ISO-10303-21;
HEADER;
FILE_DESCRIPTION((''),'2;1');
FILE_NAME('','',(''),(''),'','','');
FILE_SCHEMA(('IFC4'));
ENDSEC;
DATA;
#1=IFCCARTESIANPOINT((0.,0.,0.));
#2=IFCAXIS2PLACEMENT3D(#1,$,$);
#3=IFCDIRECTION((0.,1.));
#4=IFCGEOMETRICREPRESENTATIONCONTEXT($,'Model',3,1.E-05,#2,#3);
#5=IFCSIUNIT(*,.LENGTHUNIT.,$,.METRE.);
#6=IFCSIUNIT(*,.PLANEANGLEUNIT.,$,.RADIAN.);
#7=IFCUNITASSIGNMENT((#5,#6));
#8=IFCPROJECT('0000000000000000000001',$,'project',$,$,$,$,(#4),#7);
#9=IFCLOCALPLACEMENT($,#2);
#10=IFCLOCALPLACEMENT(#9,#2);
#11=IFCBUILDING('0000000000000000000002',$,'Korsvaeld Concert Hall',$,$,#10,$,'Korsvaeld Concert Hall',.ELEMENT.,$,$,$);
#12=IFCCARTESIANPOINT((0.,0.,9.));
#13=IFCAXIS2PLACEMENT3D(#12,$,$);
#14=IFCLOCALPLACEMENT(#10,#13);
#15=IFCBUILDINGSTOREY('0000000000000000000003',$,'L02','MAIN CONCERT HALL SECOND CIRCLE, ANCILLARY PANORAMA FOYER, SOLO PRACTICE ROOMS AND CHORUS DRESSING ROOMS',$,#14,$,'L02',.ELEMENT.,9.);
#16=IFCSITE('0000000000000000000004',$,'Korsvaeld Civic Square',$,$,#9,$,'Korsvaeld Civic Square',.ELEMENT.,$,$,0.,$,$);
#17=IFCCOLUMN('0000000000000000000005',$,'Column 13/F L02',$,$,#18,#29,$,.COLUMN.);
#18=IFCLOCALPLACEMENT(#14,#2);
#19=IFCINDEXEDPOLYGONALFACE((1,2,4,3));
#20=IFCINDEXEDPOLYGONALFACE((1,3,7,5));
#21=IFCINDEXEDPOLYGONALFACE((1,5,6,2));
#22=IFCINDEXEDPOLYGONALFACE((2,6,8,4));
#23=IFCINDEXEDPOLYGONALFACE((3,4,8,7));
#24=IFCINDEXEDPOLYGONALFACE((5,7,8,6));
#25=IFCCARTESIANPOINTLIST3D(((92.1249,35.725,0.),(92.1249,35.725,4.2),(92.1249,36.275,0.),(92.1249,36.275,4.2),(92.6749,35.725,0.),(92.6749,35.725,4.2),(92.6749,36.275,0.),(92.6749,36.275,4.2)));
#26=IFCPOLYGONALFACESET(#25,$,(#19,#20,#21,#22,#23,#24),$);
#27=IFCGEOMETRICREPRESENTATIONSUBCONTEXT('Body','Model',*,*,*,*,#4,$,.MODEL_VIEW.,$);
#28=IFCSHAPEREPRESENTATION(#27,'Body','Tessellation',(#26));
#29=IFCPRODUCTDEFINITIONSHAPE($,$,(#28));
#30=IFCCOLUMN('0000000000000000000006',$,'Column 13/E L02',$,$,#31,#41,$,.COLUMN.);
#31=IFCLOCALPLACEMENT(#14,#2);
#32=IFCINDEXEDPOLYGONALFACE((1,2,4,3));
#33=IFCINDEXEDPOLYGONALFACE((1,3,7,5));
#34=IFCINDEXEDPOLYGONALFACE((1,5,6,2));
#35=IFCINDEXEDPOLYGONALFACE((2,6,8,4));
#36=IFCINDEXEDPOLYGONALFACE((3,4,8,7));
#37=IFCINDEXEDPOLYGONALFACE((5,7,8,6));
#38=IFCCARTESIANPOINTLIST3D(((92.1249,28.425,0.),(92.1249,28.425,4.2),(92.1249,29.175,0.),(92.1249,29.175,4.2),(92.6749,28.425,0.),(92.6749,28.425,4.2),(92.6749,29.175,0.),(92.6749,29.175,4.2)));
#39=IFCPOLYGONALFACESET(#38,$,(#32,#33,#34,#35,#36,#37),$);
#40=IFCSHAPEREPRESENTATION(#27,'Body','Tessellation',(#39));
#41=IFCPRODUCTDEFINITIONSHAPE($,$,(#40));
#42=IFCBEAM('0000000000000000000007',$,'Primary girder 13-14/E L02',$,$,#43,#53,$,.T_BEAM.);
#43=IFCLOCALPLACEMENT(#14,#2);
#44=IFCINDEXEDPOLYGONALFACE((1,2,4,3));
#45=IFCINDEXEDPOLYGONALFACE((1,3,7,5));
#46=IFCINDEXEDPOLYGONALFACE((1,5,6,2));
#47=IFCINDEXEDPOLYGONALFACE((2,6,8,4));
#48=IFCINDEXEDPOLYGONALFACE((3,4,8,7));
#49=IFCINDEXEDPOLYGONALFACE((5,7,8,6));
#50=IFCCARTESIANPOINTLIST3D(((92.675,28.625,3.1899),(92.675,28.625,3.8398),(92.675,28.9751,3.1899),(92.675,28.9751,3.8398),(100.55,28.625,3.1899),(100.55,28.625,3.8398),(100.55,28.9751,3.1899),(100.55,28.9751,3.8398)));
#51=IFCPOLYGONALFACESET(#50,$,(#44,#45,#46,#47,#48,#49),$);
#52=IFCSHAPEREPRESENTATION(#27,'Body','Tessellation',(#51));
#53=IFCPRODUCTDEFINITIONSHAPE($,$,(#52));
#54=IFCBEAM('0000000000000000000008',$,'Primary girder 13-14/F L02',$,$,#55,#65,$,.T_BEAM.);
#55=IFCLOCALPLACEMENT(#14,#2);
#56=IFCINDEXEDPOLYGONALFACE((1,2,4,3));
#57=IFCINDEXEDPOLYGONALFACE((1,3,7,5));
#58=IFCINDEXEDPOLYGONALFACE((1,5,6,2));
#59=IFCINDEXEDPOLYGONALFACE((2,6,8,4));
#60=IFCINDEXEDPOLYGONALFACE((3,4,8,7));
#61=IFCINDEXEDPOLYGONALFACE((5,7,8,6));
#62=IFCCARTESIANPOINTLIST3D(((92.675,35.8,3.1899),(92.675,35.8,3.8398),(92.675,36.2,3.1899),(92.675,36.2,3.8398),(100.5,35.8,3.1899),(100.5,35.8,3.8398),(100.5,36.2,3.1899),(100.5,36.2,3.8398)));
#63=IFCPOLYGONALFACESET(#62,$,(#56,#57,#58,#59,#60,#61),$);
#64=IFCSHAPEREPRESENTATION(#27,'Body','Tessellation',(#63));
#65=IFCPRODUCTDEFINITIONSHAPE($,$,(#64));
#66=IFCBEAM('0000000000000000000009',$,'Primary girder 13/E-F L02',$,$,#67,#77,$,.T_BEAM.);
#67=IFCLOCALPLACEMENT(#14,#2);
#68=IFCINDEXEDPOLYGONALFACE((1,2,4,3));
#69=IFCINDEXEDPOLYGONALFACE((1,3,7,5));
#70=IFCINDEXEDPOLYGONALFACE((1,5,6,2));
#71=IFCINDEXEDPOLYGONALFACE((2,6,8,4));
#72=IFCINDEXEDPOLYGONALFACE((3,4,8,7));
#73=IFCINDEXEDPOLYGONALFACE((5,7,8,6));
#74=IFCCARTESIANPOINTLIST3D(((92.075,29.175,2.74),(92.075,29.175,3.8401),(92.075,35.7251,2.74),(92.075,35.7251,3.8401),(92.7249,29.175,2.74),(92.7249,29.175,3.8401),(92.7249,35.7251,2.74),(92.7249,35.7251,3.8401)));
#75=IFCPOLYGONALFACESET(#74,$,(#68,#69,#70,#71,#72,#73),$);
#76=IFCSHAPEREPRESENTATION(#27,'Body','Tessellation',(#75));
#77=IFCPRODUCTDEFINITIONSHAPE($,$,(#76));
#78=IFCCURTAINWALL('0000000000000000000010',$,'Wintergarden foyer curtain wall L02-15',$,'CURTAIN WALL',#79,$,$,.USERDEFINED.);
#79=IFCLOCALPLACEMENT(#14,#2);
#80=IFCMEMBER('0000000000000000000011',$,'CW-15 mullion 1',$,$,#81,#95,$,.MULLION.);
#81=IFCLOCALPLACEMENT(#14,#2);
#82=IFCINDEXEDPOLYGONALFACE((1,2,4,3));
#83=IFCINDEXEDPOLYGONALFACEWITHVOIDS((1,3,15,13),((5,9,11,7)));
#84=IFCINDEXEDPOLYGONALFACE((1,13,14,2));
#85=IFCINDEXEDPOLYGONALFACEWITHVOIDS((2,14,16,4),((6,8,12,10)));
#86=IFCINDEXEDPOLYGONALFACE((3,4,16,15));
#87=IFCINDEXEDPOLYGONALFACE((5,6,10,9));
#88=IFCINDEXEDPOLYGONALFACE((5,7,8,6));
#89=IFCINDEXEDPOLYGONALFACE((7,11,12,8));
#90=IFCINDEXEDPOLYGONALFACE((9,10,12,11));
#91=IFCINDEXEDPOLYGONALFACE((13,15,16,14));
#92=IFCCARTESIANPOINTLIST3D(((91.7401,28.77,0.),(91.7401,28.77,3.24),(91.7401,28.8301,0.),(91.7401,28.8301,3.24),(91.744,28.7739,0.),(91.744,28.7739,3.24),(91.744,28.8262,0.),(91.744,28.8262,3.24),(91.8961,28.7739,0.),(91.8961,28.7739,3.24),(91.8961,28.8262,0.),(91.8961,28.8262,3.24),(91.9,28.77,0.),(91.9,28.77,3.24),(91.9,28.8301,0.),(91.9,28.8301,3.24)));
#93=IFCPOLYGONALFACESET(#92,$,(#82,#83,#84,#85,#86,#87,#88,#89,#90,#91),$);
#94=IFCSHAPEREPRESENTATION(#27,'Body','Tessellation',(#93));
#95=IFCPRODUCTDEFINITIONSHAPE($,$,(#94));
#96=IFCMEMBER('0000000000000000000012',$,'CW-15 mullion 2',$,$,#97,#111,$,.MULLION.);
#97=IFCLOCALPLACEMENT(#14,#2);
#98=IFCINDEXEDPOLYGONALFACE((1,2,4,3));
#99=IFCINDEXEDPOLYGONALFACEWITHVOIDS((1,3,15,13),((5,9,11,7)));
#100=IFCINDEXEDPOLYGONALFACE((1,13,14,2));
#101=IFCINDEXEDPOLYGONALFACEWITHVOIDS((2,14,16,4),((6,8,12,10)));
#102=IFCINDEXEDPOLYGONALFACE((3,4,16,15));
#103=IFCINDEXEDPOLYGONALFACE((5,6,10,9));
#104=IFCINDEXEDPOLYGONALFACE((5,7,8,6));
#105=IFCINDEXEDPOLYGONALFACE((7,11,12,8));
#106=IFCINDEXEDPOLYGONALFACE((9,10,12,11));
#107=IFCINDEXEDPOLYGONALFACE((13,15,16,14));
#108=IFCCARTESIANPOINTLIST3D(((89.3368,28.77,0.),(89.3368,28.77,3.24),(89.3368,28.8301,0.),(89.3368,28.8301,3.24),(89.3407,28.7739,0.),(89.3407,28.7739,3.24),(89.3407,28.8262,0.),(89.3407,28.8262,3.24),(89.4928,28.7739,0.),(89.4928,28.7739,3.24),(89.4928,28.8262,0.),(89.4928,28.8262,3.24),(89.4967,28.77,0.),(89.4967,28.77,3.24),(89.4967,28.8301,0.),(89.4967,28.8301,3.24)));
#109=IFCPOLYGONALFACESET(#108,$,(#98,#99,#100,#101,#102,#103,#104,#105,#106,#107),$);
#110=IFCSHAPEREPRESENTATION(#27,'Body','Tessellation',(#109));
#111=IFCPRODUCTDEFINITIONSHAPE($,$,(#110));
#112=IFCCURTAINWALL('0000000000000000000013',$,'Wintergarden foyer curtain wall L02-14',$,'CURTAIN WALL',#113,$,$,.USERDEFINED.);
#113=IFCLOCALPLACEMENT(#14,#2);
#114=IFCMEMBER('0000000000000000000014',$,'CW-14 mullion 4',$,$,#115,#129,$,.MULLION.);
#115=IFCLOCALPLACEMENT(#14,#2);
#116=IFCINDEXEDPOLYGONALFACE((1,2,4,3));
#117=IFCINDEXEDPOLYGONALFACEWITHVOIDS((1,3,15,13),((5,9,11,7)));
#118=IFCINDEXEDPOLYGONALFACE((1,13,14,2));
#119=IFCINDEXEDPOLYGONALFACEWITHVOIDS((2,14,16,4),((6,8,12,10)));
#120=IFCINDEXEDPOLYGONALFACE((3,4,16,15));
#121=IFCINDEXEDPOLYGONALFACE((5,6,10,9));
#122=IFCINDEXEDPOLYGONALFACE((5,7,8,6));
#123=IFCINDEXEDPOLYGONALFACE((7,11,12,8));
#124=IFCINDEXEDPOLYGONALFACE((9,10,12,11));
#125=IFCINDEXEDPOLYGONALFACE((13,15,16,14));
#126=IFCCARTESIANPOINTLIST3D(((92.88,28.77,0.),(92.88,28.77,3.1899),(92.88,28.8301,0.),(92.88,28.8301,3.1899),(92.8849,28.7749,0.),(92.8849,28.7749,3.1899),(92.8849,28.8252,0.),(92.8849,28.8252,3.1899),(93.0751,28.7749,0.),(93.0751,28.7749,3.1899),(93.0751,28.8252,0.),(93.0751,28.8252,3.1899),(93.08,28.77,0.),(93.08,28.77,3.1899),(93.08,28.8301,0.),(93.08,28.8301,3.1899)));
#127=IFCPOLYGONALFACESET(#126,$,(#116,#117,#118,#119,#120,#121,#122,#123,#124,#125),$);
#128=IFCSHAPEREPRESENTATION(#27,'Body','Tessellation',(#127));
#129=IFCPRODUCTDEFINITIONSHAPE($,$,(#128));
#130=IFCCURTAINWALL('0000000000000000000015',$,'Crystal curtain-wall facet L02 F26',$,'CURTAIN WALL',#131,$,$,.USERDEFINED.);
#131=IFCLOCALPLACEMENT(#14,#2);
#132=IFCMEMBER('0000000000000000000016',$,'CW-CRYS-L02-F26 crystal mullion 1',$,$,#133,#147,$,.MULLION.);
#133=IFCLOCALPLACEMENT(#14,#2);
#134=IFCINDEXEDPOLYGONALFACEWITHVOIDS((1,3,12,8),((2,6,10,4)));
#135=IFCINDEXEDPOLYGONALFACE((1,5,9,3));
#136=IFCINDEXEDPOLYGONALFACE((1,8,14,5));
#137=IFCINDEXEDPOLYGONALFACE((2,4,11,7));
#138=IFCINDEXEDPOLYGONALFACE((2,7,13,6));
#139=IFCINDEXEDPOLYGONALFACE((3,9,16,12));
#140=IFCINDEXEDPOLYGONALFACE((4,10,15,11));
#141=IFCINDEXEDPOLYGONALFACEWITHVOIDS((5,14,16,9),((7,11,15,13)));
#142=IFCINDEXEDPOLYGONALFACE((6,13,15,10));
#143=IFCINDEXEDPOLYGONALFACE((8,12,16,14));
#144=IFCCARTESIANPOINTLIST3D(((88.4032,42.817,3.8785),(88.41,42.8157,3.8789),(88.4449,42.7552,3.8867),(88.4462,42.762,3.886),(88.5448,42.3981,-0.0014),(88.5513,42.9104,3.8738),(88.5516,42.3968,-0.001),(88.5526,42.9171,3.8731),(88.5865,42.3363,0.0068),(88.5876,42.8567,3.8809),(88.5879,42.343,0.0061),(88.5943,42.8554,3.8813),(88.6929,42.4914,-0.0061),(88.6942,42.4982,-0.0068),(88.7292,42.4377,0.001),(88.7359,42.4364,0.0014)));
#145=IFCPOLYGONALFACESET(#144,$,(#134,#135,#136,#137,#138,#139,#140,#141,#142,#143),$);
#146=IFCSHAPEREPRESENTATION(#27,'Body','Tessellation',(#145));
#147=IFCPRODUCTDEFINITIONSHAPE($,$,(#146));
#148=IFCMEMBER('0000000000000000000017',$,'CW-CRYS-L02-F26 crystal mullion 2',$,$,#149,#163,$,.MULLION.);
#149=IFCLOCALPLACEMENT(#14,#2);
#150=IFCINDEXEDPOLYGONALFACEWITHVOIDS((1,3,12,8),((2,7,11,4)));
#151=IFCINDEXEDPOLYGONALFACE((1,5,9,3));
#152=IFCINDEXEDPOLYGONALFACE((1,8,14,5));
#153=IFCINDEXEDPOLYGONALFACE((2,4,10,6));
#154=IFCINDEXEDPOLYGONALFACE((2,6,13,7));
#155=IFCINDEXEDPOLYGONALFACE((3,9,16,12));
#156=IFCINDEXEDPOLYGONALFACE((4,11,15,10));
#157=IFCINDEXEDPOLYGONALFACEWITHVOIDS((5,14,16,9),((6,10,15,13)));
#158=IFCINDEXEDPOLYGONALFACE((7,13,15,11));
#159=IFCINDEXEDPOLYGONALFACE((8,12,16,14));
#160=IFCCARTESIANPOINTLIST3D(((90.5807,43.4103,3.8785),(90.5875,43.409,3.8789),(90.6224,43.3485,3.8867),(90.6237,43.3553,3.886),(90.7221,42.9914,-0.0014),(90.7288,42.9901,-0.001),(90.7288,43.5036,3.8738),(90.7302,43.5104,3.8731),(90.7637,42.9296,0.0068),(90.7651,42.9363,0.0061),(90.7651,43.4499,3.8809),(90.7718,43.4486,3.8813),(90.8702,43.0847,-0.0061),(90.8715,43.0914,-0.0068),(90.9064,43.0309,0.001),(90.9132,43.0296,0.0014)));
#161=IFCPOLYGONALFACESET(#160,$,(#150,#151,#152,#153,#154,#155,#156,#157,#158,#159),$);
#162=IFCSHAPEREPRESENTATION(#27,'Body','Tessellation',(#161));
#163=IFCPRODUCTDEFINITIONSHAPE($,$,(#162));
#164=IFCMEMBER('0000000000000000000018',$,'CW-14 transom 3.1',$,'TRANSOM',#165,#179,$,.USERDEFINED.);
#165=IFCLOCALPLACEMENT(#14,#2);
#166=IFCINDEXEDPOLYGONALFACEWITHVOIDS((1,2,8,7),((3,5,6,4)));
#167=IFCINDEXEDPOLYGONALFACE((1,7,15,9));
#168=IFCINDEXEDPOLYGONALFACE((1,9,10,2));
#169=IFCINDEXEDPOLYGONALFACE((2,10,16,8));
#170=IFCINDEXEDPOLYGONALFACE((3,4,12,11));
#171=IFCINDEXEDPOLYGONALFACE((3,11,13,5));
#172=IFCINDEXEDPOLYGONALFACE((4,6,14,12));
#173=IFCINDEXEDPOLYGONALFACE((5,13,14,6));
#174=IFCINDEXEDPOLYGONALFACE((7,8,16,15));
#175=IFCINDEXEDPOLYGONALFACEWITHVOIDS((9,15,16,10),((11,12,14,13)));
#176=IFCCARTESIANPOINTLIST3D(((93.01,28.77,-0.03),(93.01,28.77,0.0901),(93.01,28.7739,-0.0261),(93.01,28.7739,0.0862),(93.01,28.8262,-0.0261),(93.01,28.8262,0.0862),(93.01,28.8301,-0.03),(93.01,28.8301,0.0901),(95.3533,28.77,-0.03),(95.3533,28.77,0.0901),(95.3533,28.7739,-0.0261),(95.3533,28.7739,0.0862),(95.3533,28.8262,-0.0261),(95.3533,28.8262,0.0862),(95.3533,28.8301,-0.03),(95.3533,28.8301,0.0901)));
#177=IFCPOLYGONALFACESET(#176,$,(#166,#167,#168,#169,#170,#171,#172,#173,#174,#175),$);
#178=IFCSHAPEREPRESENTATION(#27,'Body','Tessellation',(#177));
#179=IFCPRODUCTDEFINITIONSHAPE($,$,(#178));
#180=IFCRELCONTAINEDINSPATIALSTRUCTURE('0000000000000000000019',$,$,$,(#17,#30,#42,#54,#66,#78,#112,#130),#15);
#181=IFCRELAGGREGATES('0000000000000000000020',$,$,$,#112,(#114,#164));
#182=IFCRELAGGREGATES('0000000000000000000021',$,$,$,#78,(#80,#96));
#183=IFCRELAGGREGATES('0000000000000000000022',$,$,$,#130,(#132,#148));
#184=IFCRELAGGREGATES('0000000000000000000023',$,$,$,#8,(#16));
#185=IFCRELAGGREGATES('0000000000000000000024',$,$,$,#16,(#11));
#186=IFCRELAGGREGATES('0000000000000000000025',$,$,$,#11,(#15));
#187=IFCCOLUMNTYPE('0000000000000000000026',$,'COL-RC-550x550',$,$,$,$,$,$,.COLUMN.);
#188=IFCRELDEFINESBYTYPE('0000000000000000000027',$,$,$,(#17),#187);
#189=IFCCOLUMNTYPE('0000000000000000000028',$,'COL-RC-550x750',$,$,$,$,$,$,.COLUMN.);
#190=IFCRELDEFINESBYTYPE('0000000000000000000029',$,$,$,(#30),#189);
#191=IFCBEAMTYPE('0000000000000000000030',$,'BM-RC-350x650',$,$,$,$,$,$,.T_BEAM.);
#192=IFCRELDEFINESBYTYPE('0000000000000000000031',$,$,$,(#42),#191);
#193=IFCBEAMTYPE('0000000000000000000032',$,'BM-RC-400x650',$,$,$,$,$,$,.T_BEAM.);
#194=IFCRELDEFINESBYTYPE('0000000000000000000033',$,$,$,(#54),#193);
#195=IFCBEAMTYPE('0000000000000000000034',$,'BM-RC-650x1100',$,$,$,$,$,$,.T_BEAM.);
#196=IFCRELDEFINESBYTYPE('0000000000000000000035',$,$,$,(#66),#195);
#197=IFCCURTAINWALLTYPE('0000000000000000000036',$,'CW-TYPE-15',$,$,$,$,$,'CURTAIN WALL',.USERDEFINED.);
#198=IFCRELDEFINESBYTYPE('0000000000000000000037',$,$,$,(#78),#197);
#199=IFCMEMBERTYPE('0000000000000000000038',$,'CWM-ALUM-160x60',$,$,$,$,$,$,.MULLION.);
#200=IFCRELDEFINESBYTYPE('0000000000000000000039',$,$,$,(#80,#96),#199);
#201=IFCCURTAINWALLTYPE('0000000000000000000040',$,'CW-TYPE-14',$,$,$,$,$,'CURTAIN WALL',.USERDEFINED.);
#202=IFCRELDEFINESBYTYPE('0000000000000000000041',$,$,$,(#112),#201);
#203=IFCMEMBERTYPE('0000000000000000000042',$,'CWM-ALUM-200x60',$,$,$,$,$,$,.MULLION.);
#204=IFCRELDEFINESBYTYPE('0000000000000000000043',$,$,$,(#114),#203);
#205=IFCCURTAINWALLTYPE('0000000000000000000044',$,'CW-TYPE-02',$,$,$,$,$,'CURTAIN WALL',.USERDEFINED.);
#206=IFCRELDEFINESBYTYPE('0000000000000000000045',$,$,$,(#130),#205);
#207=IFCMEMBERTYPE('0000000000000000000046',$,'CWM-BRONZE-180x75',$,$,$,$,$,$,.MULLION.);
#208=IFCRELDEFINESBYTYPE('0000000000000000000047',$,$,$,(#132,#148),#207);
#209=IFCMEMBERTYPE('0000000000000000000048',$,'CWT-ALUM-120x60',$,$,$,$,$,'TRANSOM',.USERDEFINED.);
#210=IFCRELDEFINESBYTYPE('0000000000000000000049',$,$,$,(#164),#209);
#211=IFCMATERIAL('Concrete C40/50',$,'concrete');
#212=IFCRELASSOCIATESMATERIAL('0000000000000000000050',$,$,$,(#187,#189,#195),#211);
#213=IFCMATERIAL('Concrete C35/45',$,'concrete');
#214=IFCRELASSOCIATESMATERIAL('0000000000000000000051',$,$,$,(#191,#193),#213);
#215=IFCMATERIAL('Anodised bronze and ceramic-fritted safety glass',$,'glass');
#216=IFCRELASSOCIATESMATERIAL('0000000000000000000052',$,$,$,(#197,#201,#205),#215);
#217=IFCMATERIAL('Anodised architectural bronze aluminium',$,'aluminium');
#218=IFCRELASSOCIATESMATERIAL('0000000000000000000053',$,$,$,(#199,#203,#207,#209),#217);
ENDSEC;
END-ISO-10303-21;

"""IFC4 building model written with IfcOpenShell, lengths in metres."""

from ifc_helpers import new_model, si_unit, direction, frame, origin, origin_2d, place, context, subcontext, project, spatial, rectangle, hollow_rectangle, extrude, material, material_profile, profile_set, type_object, element, aggregate, save


model = new_model("IFC4")

# Units and contexts
model_context = context("Model", 3, precision=1e-05, world=origin(), true_north=direction((0.0, 1.0)))
body_context = subcontext(model_context, "Body", "Model", "MODEL_VIEW")
ifc_project = project(units=[si_unit("LENGTHUNIT", "METRE"), si_unit("PLANEANGLEUNIT", "RADIAN")], contexts=[model_context])

# Site, building, storey
site_placement = place(None, origin())
site = spatial("IfcSite", under=ifc_project, at=site_placement, Name="Korsvaeld Civic Square", LongName="Korsvaeld Civic Square", CompositionType="ELEMENT", RefElevation=0.0)
building_placement = place(site_placement, origin())
building = spatial("IfcBuilding", under=site, at=building_placement, Name="Korsvaeld Concert Hall", LongName="Korsvaeld Concert Hall", CompositionType="ELEMENT")
storey_placement = place(building_placement, frame((0.0, 0.0, 9.0)))
storey = spatial("IfcBuildingStorey", under=building, at=storey_placement, Name="L02", Description="MAIN CONCERT HALL SECOND CIRCLE, ANCILLARY PANORAMA FOYER, SOLO PRACTICE ROOMS AND CHORUS DRESSING ROOMS", LongName="L02", CompositionType="ELEMENT", Elevation=9.0)

# Columns
ifc_material_1 = material(Name="Concrete C40/50", Category="concrete")
ifc_material_profile_1 = material_profile(ifc_material_1, rectangle(XDim=0.55, YDim=0.55, at=origin_2d()), Name="RC 550x550")
ifc_profile_set_1 = profile_set([ifc_material_profile_1], Name="Concrete C40/50")
column_type_1 = type_object("IfcColumnType", Name="COL-RC-550x550", PredefinedType="COLUMN", material=ifc_profile_set_1)
column_1_placement = place(storey_placement, frame((92.3999, 36.0, 0.0), z_axis=(0.0, 0.0, 1.0), x_axis=(1.0, 0.0, 0.0)))
element("IfcColumn", 1, at=column_1_placement, inside=storey, type_object=column_type_1, Name="Column 13/F L02", PredefinedType="COLUMN", context=body_context, shape_type="SweptSolid", body=[
    extrude(rectangle(XDim=0.55, YDim=0.55, at=origin_2d()), origin(), (0.0, 0.0, 1.0), 4.2),
])
ifc_material_profile_2 = material_profile(ifc_material_1, rectangle(XDim=0.55, YDim=0.75, at=origin_2d()), Name="RC 550x750")
ifc_profile_set_2 = profile_set([ifc_material_profile_2], Name="Concrete C40/50")
column_type_2 = type_object("IfcColumnType", Name="COL-RC-550x750", PredefinedType="COLUMN", material=ifc_profile_set_2)
column_2_placement = place(storey_placement, frame((92.3999, 28.8, 0.0), z_axis=(0.0, 0.0, 1.0), x_axis=(1.0, 0.0, 0.0)))
element("IfcColumn", 2, at=column_2_placement, inside=storey, type_object=column_type_2, Name="Column 13/E L02", PredefinedType="COLUMN", context=body_context, shape_type="SweptSolid", body=[
    extrude(rectangle(XDim=0.55, YDim=0.75, at=origin_2d()), origin(), (0.0, 0.0, 1.0), 4.2),
])

# Beams
ifc_material_2 = material(Name="Concrete C35/45", Category="concrete")
ifc_material_profile_3 = material_profile(ifc_material_2, rectangle(XDim=0.3501, YDim=0.6499, at=origin_2d()), Name="RC 350x650")
ifc_profile_set_3 = profile_set([ifc_material_profile_3], Name="Concrete C35/45")
beam_type_1 = type_object("IfcBeamType", Name="BM-RC-350x650", PredefinedType="T_BEAM", material=ifc_profile_set_3)
beam_1_placement = place(storey_placement, frame((92.675, 28.8, 3.5149), z_axis=(1.0, 0.0, 0.0), x_axis=(0.0, 1.0, 0.0)))
element("IfcBeam", 3, at=beam_1_placement, inside=storey, type_object=beam_type_1, Name="Primary girder 13-14/E L02", PredefinedType="T_BEAM", context=body_context, shape_type="SweptSolid", body=[
    extrude(rectangle(XDim=0.3501, YDim=0.6499, at=origin_2d()), origin(), (0.0, 0.0, 1.0), 7.875),
])
ifc_material_profile_4 = material_profile(ifc_material_2, rectangle(XDim=0.3999, YDim=0.6499, at=origin_2d()), Name="RC 400x650")
ifc_profile_set_4 = profile_set([ifc_material_profile_4], Name="Concrete C35/45")
beam_type_2 = type_object("IfcBeamType", Name="BM-RC-400x650", PredefinedType="T_BEAM", material=ifc_profile_set_4)
beam_2_placement = place(storey_placement, frame((92.675, 36.0, 3.5149), z_axis=(1.0, 0.0, 0.0), x_axis=(0.0, 1.0, 0.0)))
element("IfcBeam", 4, at=beam_2_placement, inside=storey, type_object=beam_type_2, Name="Primary girder 13-14/F L02", PredefinedType="T_BEAM", context=body_context, shape_type="SweptSolid", body=[
    extrude(rectangle(XDim=0.3999, YDim=0.6499, at=origin_2d()), origin(), (0.0, 0.0, 1.0), 7.825),
])
ifc_material_profile_5 = material_profile(ifc_material_1, rectangle(XDim=0.6499, YDim=1.1001, at=origin_2d()), Name="RC 650x1100")
ifc_profile_set_5 = profile_set([ifc_material_profile_5], Name="Concrete C40/50")
beam_type_3 = type_object("IfcBeamType", Name="BM-RC-650x1100", PredefinedType="T_BEAM", material=ifc_profile_set_5)
beam_3_placement = place(storey_placement, frame((92.3999, 29.175, 3.29), z_axis=(0.0, 1.0, 0.0), x_axis=(-1.0, 0.0, 0.0)))
element("IfcBeam", 5, at=beam_3_placement, inside=storey, type_object=beam_type_3, Name="Primary girder 13/E-F L02", PredefinedType="T_BEAM", context=body_context, shape_type="SweptSolid", body=[
    extrude(rectangle(XDim=0.6499, YDim=1.1001, at=origin_2d()), origin(), (0.0, 0.0, 1.0), 6.55),
])

# Curtain wall, members
ifc_material_3 = material(Name="Anodised bronze and ceramic-fritted safety glass", Category="glass")
curtain_wall_type_1 = type_object("IfcCurtainWallType", Name="CW-TYPE-15", ElementType="CURTAIN WALL", PredefinedType="USERDEFINED", material=ifc_material_3)
curtain_wall_1_placement = place(storey_placement, origin())
curtain_wall_1 = element("IfcCurtainWall", 6, at=curtain_wall_1_placement, inside=storey, type_object=curtain_wall_type_1, Name="Wintergarden foyer curtain wall L02-15", ObjectType="CURTAIN WALL", PredefinedType="USERDEFINED")
ifc_material_4 = material(Name="Anodised architectural bronze aluminium", Category="aluminium")
ifc_material_profile_6 = material_profile(ifc_material_4, hollow_rectangle(XDim=0.0601, YDim=0.1599, WallThickness=0.0039, at=origin_2d()), Name="CWM 160x60x4")
ifc_profile_set_6 = profile_set([ifc_material_profile_6], Name="Anodised architectural bronze aluminium")
member_type_1 = type_object("IfcMemberType", Name="CWM-ALUM-160x60", PredefinedType="MULLION", material=ifc_profile_set_6)
member_1_placement = place(storey_placement, frame((91.8201, 28.8, 0.0), z_axis=(0.0, 0.0, 1.0), x_axis=(0.0, -1.0, 0.0)))
member_1 = element("IfcMember", 7, at=member_1_placement, type_object=member_type_1, Name="CW-15 mullion 1", PredefinedType="MULLION", context=body_context, shape_type="SweptSolid", body=[
    extrude(hollow_rectangle(XDim=0.0601, YDim=0.1599, WallThickness=0.0039, at=origin_2d()), origin(), (0.0, 0.0, 1.0), 3.24),
])
member_2_placement = place(storey_placement, frame((89.4167, 28.8, 0.0), z_axis=(0.0, 0.0, 1.0), x_axis=(0.0, -1.0, 0.0)))
member_2 = element("IfcMember", 8, at=member_2_placement, type_object=member_type_1, Name="CW-15 mullion 2", PredefinedType="MULLION", context=body_context, shape_type="SweptSolid", body=[
    extrude(hollow_rectangle(XDim=0.0601, YDim=0.1599, WallThickness=0.0039, at=origin_2d()), origin(), (0.0, 0.0, 1.0), 3.24),
])

# Curtain wall, member
curtain_wall_type_2 = type_object("IfcCurtainWallType", Name="CW-TYPE-14", ElementType="CURTAIN WALL", PredefinedType="USERDEFINED", material=ifc_material_3)
curtain_wall_2_placement = place(storey_placement, origin())
curtain_wall_2 = element("IfcCurtainWall", 9, at=curtain_wall_2_placement, inside=storey, type_object=curtain_wall_type_2, Name="Wintergarden foyer curtain wall L02-14", ObjectType="CURTAIN WALL", PredefinedType="USERDEFINED")
ifc_material_profile_7 = material_profile(ifc_material_4, hollow_rectangle(XDim=0.0601, YDim=0.2, WallThickness=0.0049, at=origin_2d()), Name="CWM 200x60x5")
ifc_profile_set_7 = profile_set([ifc_material_profile_7], Name="Anodised architectural bronze aluminium")
member_type_2 = type_object("IfcMemberType", Name="CWM-ALUM-200x60", PredefinedType="MULLION", material=ifc_profile_set_7)
member_3_placement = place(storey_placement, frame((92.98, 28.8, 0.0), z_axis=(0.0, 0.0, 1.0), x_axis=(0.0, -1.0, 0.0)))
member_3 = element("IfcMember", 10, at=member_3_placement, type_object=member_type_2, Name="CW-14 mullion 4", PredefinedType="MULLION", context=body_context, shape_type="SweptSolid", body=[
    extrude(hollow_rectangle(XDim=0.0601, YDim=0.2, WallThickness=0.0049, at=origin_2d()), origin(), (0.0, 0.0, 1.0), 3.1899),
])

# Curtain wall, members
curtain_wall_type_3 = type_object("IfcCurtainWallType", Name="CW-TYPE-02", ElementType="CURTAIN WALL", PredefinedType="USERDEFINED", material=ifc_material_3)
curtain_wall_3_placement = place(storey_placement, origin())
curtain_wall_3 = element("IfcCurtainWall", 11, at=curtain_wall_3_placement, inside=storey, type_object=curtain_wall_type_3, Name="Crystal curtain-wall facet L02 F26", ObjectType="CURTAIN WALL", PredefinedType="USERDEFINED")
ifc_material_profile_8 = material_profile(ifc_material_4, hollow_rectangle(XDim=0.075, YDim=0.1799, WallThickness=0.0049, at=origin_2d()), Name="CWM 180x75x5")
ifc_profile_set_8 = profile_set([ifc_material_profile_8], Name="Anodised architectural bronze aluminium")
member_type_3 = type_object("IfcMemberType", Name="CWM-BRONZE-180x75", PredefinedType="MULLION", material=ifc_profile_set_8)
member_4_placement = place(storey_placement, frame((88.6404, 42.4172, 0.0), z_axis=(-0.036262, 0.107284, 0.993567), x_axis=(0.556016, -0.823958, 0.109263)))
member_4 = element("IfcMember", 12, at=member_4_placement, type_object=member_type_3, Name="CW-CRYS-L02-F26 crystal mullion 1", PredefinedType="MULLION", context=body_context, shape_type="SweptSolid", body=[
    extrude(hollow_rectangle(XDim=0.075, YDim=0.1799, WallThickness=0.0049, at=origin_2d()), origin(), (0.0, 0.0, 1.0), 3.905),
])
member_5_placement = place(storey_placement, frame((90.8176, 43.0105, 0.0), z_axis=(-0.036199, 0.107284, 0.993569), x_axis=(0.555586, -0.824251, 0.109244)))
member_5 = element("IfcMember", 13, at=member_5_placement, type_object=member_type_3, Name="CW-CRYS-L02-F26 crystal mullion 2", PredefinedType="MULLION", context=body_context, shape_type="SweptSolid", body=[
    extrude(hollow_rectangle(XDim=0.075, YDim=0.1799, WallThickness=0.0049, at=origin_2d()), origin(), (0.0, 0.0, 1.0), 3.905),
])

# Member
ifc_material_profile_9 = material_profile(ifc_material_4, hollow_rectangle(XDim=0.0601, YDim=0.1201, WallThickness=0.0039, at=origin_2d()), Name="CWT 120x60x4")
ifc_profile_set_9 = profile_set([ifc_material_profile_9], Name="Anodised architectural bronze aluminium")
member_type_4 = type_object("IfcMemberType", Name="CWT-ALUM-120x60", ElementType="TRANSOM", PredefinedType="USERDEFINED", material=ifc_profile_set_9)
member_6_placement = place(storey_placement, frame((95.3533, 28.8, 0.03), z_axis=(-1.0, 0.0, 0.0), x_axis=(0.0, -1.0, 0.0)))
member_6 = element("IfcMember", 14, at=member_6_placement, type_object=member_type_4, Name="CW-14 transom 3.1", ObjectType="TRANSOM", PredefinedType="USERDEFINED", context=body_context, shape_type="SweptSolid", body=[
    extrude(hollow_rectangle(XDim=0.0601, YDim=0.1201, WallThickness=0.0039, at=origin_2d()), origin(), (0.0, 0.0, 1.0), 2.3433),
])

aggregate(curtain_wall_2, [member_3, member_6])
aggregate(curtain_wall_1, [member_1, member_2])
aggregate(curtain_wall_3, [member_4, member_5])

save(model, "model.ifc")
